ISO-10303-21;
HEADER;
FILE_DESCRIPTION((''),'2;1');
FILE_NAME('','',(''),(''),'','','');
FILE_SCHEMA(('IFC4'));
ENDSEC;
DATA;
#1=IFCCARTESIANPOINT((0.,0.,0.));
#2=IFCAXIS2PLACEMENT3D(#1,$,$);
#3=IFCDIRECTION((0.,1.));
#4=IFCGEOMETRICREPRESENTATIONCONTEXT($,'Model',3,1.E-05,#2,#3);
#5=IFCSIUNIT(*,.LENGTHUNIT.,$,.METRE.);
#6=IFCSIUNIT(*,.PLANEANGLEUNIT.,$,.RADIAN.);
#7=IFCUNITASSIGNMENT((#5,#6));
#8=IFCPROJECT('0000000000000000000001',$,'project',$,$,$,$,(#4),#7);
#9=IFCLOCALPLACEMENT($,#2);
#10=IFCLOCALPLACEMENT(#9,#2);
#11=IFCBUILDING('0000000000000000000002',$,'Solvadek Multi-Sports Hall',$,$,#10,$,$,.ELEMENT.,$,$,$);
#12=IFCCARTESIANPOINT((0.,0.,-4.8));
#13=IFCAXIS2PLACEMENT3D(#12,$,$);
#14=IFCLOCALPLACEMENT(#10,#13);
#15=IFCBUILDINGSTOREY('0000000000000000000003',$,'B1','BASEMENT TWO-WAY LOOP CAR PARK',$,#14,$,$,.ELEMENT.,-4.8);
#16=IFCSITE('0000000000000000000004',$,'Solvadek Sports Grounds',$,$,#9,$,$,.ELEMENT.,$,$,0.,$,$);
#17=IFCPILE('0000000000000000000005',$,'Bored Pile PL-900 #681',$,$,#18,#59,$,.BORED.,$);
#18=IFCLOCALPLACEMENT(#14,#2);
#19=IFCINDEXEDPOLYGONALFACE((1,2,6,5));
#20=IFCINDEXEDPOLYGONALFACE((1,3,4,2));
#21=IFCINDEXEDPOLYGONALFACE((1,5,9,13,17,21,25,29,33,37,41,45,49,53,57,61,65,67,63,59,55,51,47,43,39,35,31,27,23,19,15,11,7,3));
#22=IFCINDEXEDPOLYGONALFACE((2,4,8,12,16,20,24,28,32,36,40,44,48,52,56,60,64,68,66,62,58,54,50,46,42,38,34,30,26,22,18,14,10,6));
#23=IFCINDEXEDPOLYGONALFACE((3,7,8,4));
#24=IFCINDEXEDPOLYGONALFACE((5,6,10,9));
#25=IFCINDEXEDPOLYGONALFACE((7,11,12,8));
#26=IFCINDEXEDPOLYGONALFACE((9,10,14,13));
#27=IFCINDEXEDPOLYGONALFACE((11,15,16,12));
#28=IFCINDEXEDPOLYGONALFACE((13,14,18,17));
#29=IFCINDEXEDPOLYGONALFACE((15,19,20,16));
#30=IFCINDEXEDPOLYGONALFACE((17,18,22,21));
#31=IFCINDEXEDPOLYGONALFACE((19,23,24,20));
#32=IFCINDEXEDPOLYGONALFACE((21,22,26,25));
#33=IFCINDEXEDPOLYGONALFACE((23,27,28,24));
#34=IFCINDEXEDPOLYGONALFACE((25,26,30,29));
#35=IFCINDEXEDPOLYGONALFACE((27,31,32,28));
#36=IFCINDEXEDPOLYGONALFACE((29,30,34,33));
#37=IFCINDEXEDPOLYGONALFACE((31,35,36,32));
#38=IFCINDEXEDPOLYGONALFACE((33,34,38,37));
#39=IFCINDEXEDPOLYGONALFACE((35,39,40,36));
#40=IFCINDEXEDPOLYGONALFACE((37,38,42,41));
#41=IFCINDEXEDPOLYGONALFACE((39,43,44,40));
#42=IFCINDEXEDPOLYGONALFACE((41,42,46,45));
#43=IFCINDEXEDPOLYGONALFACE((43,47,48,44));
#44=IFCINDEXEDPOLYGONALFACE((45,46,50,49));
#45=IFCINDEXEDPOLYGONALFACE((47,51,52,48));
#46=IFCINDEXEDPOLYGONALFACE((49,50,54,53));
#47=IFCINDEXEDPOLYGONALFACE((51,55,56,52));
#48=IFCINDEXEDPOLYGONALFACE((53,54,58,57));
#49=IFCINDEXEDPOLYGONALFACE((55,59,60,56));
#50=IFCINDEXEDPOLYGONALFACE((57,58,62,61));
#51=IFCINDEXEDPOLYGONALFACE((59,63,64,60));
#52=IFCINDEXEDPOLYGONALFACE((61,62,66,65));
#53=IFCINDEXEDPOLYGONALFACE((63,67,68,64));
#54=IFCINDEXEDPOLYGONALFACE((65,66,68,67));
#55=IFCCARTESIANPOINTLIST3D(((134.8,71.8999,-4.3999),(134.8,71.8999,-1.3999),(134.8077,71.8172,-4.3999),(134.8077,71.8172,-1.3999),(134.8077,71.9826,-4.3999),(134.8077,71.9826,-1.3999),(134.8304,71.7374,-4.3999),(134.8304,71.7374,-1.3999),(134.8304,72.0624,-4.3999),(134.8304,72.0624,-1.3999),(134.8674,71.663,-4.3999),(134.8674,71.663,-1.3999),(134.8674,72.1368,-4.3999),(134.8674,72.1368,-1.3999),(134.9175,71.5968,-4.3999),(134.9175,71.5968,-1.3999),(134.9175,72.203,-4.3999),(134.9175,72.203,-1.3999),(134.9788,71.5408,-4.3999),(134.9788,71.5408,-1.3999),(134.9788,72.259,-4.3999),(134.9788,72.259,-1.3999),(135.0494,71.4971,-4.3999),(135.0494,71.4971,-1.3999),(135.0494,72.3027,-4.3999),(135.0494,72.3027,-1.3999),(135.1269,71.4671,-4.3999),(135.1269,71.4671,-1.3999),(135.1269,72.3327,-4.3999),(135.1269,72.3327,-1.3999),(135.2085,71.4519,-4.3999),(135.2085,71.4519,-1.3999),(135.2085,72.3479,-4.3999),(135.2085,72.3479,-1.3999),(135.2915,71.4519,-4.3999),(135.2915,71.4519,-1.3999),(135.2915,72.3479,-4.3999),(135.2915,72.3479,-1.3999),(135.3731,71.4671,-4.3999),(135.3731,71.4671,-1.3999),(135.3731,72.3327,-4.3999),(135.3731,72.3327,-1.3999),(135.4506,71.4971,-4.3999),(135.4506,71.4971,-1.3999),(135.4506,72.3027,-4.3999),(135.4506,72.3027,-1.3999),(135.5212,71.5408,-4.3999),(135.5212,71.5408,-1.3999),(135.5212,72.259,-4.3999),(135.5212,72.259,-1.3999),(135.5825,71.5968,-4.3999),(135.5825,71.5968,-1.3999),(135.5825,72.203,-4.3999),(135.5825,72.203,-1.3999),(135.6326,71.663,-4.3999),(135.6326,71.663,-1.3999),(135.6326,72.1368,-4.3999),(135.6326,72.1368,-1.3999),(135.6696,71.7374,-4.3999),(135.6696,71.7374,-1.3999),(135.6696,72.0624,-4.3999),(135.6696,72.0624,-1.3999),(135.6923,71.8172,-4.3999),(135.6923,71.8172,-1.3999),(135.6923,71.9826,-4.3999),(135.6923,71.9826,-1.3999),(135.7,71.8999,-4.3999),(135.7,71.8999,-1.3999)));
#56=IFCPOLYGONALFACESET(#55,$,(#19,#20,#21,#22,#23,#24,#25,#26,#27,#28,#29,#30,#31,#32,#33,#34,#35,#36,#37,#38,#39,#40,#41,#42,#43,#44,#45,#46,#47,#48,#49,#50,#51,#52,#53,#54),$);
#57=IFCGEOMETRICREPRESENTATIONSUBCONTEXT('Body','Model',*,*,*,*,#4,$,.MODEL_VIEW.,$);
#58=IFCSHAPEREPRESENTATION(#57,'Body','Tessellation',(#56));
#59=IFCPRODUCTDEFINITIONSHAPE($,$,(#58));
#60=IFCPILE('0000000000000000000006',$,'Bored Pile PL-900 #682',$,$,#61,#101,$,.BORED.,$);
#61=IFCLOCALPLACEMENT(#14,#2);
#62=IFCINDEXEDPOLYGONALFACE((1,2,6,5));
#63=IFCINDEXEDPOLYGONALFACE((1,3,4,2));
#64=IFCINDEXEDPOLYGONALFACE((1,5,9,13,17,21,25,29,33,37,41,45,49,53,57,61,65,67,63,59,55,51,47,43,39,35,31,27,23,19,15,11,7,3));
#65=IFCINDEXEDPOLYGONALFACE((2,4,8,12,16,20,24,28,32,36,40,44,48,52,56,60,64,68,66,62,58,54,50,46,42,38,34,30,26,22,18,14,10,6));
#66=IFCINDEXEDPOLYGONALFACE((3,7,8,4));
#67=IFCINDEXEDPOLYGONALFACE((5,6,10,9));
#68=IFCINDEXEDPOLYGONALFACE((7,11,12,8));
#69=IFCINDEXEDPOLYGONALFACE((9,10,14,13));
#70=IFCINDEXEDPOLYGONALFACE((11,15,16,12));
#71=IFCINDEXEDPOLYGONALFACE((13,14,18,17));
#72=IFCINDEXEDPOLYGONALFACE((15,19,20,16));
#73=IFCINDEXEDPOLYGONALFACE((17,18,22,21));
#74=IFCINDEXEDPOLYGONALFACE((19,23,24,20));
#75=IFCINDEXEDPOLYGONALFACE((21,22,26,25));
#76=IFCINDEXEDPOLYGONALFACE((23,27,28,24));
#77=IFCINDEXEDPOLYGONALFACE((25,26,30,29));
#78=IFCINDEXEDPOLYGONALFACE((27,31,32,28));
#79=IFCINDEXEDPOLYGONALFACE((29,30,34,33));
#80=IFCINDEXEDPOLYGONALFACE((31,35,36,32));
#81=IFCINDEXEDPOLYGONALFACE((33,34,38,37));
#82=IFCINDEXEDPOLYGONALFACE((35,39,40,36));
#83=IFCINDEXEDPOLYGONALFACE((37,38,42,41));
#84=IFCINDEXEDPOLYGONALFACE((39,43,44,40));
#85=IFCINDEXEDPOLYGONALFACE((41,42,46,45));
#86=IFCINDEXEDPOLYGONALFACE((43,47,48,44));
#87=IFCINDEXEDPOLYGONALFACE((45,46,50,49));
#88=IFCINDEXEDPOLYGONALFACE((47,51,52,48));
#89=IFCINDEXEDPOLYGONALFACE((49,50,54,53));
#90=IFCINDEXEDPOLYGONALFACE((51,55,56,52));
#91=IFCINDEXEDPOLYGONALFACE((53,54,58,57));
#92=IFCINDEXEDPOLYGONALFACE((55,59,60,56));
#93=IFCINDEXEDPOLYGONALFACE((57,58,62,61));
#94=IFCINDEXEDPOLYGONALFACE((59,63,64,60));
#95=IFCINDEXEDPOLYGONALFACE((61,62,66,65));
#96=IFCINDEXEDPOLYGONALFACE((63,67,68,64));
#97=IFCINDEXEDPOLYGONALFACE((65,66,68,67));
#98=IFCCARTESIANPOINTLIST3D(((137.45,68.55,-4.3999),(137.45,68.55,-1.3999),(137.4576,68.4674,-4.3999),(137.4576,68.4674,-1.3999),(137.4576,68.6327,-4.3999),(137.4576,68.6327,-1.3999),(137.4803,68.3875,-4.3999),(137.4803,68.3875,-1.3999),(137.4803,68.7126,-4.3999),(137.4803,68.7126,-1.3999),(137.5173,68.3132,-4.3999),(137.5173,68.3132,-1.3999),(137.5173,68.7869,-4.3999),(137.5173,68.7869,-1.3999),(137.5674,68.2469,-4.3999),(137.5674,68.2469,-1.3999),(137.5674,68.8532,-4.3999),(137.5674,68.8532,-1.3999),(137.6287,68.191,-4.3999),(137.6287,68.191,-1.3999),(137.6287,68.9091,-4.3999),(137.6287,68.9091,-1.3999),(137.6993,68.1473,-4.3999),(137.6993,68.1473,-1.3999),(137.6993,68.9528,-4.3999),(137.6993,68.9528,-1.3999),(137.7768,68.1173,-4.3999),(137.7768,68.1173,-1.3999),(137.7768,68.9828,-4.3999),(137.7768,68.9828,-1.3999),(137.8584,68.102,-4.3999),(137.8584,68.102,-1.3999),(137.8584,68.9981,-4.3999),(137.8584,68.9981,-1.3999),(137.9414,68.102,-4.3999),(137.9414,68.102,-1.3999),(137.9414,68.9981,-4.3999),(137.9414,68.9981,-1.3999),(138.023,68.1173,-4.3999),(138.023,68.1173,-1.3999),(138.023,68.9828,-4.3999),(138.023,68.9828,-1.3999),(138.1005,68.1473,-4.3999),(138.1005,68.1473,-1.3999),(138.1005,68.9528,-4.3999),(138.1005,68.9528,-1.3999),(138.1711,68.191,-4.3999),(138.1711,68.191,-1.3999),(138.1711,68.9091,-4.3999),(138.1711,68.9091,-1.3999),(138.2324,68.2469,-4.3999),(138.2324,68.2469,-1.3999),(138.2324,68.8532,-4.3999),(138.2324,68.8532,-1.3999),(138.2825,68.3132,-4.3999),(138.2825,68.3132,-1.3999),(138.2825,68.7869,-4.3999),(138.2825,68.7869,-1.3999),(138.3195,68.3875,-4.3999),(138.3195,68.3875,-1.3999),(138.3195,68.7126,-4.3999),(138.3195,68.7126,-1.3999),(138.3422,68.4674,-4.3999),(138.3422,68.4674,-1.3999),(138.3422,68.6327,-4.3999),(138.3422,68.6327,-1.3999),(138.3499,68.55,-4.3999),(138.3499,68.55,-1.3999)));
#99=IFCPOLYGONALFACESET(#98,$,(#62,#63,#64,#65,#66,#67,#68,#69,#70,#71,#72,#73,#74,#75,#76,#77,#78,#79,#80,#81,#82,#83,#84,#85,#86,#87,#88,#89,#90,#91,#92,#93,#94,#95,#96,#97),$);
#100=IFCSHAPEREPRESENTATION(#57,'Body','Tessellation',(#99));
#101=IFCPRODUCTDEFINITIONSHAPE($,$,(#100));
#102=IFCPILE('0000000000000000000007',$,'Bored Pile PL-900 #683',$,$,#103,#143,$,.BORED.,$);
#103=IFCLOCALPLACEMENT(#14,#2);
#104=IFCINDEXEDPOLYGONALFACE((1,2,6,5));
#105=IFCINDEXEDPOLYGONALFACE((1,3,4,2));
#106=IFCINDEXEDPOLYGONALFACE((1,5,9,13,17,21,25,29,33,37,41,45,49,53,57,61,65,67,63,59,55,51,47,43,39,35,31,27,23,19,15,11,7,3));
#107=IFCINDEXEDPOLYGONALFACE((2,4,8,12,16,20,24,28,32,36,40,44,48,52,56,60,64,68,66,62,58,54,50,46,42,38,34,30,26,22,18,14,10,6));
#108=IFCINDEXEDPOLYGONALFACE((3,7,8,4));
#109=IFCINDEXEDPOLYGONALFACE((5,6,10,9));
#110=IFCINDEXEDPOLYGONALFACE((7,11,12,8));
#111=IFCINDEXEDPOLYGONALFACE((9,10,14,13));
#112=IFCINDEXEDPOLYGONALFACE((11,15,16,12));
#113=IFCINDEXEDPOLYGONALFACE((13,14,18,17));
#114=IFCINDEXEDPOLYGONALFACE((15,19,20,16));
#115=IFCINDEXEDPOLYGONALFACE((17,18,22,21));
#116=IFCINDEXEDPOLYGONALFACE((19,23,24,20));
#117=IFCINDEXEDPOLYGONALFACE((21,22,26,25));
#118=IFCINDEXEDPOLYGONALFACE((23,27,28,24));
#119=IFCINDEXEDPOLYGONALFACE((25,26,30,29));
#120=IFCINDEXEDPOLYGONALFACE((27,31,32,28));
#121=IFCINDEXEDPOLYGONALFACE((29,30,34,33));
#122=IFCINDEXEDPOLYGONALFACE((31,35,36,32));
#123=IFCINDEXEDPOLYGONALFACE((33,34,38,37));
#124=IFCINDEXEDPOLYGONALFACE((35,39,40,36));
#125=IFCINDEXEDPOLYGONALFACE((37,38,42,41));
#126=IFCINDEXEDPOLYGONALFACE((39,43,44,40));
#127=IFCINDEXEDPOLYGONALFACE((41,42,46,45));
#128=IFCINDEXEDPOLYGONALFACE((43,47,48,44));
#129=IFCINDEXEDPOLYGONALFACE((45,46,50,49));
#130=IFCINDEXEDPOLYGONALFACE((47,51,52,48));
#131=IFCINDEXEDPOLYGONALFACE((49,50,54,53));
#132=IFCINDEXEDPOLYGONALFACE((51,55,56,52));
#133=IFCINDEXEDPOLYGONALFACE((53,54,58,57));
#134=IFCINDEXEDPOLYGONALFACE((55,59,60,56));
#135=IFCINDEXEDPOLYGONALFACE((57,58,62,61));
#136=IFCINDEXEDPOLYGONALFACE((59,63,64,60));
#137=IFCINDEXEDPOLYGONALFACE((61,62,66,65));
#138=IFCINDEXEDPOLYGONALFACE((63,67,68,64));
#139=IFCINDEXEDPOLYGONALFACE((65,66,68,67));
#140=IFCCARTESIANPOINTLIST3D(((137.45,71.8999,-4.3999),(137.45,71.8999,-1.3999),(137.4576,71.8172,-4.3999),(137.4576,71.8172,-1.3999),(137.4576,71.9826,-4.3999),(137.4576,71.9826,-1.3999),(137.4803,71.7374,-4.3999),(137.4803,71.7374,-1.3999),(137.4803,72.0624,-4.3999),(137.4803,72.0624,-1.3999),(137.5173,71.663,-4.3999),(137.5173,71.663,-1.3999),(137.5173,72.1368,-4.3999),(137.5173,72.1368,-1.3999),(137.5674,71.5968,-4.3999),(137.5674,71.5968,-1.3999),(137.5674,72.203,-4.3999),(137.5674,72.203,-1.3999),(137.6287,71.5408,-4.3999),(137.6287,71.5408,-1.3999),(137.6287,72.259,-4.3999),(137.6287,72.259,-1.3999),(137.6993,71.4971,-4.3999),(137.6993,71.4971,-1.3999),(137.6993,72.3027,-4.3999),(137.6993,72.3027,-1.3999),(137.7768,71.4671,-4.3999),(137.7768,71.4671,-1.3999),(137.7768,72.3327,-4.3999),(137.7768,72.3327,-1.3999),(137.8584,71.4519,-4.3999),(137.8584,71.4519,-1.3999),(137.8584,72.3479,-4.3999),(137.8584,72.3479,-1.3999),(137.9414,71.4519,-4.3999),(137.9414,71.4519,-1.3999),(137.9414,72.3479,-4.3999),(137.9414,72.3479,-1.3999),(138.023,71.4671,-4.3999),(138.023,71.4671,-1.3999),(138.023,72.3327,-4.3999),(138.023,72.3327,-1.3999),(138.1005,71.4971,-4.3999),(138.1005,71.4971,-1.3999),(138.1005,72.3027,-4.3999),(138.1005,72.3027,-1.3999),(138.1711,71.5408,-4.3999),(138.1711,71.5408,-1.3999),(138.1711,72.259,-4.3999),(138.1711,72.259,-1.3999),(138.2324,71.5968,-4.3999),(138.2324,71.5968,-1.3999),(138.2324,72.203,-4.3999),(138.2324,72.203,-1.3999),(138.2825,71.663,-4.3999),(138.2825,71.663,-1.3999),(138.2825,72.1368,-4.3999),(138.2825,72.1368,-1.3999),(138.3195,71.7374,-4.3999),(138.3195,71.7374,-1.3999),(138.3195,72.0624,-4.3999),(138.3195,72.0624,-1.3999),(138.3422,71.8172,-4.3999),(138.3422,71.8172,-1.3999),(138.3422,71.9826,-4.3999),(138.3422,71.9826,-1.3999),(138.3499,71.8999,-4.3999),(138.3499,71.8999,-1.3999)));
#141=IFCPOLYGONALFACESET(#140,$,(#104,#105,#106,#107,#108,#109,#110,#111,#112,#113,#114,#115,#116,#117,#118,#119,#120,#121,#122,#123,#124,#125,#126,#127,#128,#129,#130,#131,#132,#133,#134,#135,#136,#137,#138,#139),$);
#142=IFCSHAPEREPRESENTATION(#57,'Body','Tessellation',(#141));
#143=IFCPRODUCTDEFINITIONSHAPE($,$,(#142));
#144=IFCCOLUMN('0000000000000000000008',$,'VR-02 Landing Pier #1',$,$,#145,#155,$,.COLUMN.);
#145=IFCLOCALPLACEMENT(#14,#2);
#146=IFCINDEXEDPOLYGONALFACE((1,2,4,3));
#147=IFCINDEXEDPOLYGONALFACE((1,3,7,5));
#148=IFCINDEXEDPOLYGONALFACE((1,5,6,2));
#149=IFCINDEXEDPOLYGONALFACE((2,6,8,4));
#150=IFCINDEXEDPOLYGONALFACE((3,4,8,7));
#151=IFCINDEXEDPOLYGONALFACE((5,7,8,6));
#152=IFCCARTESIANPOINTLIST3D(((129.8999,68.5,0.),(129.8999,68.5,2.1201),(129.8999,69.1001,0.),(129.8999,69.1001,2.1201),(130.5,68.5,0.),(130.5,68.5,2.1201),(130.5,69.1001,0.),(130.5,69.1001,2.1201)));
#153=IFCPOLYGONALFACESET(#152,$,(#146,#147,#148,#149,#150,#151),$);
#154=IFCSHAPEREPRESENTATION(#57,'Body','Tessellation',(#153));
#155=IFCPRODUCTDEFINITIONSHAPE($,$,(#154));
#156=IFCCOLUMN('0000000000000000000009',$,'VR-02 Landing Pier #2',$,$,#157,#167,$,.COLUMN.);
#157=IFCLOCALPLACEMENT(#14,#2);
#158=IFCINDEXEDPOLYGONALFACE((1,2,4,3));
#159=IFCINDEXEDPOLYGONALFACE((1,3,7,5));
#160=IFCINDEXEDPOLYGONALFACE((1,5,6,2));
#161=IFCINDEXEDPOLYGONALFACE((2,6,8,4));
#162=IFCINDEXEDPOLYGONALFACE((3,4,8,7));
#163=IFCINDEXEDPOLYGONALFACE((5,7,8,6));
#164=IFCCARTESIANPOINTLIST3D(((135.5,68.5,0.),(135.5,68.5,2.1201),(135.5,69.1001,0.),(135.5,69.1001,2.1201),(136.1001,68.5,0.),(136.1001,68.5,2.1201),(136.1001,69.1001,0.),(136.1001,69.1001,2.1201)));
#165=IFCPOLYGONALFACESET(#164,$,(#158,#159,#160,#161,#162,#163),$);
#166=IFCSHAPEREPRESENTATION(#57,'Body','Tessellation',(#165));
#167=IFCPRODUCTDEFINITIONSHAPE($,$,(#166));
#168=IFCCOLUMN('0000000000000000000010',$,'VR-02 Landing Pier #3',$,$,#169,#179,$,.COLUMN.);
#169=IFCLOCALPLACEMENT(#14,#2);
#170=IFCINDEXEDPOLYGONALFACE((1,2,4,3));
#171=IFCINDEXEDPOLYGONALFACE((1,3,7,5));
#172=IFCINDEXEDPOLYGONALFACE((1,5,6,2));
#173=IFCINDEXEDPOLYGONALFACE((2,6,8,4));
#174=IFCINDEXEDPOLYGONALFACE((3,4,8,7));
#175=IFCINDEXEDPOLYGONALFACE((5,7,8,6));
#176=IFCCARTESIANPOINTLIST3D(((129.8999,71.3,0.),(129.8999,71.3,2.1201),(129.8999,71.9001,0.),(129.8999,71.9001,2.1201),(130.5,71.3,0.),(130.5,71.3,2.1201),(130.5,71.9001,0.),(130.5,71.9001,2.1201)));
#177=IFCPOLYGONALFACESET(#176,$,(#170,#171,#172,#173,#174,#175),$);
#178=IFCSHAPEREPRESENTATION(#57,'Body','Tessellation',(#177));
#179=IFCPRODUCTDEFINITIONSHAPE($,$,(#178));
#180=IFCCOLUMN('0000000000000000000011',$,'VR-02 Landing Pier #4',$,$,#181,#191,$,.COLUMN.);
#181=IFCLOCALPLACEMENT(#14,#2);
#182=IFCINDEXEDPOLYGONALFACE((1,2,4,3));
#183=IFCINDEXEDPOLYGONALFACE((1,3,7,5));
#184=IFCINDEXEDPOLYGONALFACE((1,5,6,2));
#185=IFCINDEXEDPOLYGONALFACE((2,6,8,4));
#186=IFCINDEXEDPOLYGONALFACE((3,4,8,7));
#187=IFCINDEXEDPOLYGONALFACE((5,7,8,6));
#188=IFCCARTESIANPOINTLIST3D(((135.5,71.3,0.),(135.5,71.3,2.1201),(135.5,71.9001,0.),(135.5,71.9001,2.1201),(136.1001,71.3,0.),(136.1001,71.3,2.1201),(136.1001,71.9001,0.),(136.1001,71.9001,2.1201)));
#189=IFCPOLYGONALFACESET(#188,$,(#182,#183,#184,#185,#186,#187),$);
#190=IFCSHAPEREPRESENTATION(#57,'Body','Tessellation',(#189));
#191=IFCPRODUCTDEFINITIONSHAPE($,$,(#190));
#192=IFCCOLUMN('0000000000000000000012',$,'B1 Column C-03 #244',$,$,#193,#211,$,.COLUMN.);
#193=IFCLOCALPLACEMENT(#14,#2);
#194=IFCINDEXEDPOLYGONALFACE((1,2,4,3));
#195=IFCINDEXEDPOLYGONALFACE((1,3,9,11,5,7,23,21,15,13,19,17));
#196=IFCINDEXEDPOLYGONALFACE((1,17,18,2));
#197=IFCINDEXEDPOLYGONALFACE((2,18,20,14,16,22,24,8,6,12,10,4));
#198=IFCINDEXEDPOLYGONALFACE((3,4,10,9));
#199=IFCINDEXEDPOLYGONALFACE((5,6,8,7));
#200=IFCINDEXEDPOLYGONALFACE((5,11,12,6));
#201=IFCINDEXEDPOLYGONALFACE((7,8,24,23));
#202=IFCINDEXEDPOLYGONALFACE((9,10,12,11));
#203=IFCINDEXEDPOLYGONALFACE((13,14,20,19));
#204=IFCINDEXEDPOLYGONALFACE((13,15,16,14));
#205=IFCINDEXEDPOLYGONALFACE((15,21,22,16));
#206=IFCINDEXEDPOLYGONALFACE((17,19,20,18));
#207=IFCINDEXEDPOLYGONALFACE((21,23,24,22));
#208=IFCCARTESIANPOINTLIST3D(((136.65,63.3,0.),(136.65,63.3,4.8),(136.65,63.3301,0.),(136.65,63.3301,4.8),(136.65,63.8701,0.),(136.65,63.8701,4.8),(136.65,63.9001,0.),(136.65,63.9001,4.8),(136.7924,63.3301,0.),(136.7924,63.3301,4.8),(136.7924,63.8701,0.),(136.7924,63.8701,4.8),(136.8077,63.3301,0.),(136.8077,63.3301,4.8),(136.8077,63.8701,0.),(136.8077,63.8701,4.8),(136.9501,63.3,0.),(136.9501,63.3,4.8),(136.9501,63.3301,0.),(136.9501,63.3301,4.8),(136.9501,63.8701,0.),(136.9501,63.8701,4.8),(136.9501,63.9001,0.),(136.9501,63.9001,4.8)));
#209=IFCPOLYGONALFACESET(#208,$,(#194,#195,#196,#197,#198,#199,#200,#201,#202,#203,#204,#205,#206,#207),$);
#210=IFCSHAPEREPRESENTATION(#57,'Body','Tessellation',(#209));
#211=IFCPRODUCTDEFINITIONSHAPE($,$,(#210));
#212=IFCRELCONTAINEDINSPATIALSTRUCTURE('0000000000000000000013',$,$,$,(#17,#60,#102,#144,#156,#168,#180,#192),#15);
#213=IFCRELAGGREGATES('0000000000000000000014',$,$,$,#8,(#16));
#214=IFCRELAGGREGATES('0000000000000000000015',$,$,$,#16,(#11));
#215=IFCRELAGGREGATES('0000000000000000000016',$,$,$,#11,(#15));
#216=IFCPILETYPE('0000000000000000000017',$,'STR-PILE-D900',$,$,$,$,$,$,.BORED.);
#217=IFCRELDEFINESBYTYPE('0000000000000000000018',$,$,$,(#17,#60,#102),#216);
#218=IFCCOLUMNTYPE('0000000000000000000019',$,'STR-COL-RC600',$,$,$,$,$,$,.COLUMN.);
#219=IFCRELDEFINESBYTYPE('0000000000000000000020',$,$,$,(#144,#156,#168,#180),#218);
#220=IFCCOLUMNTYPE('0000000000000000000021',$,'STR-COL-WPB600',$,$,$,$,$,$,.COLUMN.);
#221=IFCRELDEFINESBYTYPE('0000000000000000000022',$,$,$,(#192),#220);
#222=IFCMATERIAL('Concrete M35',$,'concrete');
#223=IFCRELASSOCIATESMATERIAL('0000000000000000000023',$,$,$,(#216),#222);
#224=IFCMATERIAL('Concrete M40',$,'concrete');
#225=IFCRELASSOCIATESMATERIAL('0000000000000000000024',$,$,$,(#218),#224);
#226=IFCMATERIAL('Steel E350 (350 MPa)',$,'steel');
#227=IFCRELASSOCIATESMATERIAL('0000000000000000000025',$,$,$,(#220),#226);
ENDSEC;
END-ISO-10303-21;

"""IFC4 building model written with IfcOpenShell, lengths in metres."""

from ifc_helpers import new_model, si_unit, direction, frame, origin, origin_2d, place, context, subcontext, project, spatial, rectangle, circle, i_section, extrude, material, material_profile, profile_set, type_object, element, save


model = new_model("IFC4")

# Units and contexts
model_context = context("Model", 3, precision=1e-05, world=origin(), true_north=direction((0.0, 1.0)))
body_context = subcontext(model_context, "Body", "Model", "MODEL_VIEW")
ifc_project = project(units=[si_unit("LENGTHUNIT", "METRE"), si_unit("PLANEANGLEUNIT", "RADIAN")], contexts=[model_context])

# Site, building, storey
site_placement = place(None, origin())
site = spatial("IfcSite", under=ifc_project, at=site_placement, Name="Solvadek Sports Grounds", CompositionType="ELEMENT", RefElevation=0.0)
building_placement = place(site_placement, origin())
building = spatial("IfcBuilding", under=site, at=building_placement, Name="Solvadek Multi-Sports Hall", CompositionType="ELEMENT")
storey_placement = place(building_placement, frame((0.0, 0.0, -4.8)))
storey = spatial("IfcBuildingStorey", under=building, at=storey_placement, Name="B1", Description="BASEMENT TWO-WAY LOOP CAR PARK", CompositionType="ELEMENT", Elevation=-4.8)

# Shared definitions
ifc_material_1 = material(Name="Concrete M40", Category="concrete")

# Piles
ifc_material_2 = material(Name="Concrete M35", Category="concrete")
ifc_material_profile_1 = material_profile(ifc_material_2, circle(Radius=0.45, at=origin_2d()), Name="BORED PILE D900")
ifc_profile_set_1 = profile_set([ifc_material_profile_1], Name="Concrete M35")
pile_type = type_object("IfcPileType", Name="STR-PILE-D900", PredefinedType="BORED", material=ifc_profile_set_1)
for number, where, z_axis, x_axis, name in (
    (1, (135.25, 71.8999, -1.3999), (0.0, 0.0, -1.0), (1.0, 0.0, 0.0), "Bored Pile PL-900 #681"),
    (2, (137.8999, 68.55, -1.3999), (0.0, 0.0, -1.0), (1.0, 0.0, 0.0), "Bored Pile PL-900 #682"),
    (3, (137.8999, 71.8999, -1.3999), (0.0, 0.0, -1.0), (1.0, 0.0, 0.0), "Bored Pile PL-900 #683"),
):
    element("IfcPile", number, at=place(storey_placement, frame(where, z_axis=z_axis, x_axis=x_axis)), inside=storey, type_object=pile_type, Name=name, PredefinedType="BORED", context=body_context, shape_type="SweptSolid", body=[
        extrude(circle(Radius=0.45, at=origin_2d()), origin(), (0.0, 0.0, 1.0), 3.0),
    ])

# Columns
ifc_material_profile_2 = material_profile(ifc_material_1, rectangle(XDim=0.6001, YDim=0.6001, at=origin_2d()), Name="RC 600x600")
ifc_profile_set_2 = profile_set([ifc_material_profile_2], Name="Concrete M40")
column_type_1 = type_object("IfcColumnType", Name="STR-COL-RC600", PredefinedType="COLUMN", material=ifc_profile_set_2)
for number, where, z_axis, x_axis, name in (
    (4, (130.2, 68.8, 0.0), (0.0, 0.0, 1.0), (1.0, 0.0, 0.0), "VR-02 Landing Pier #1"),
    (5, (135.8, 68.8, 0.0), (0.0, 0.0, 1.0), (1.0, 0.0, 0.0), "VR-02 Landing Pier #2"),
    (6, (130.2, 71.6001, 0.0), (0.0, 0.0, 1.0), (1.0, 0.0, 0.0), "VR-02 Landing Pier #3"),
    (7, (135.8, 71.6001, 0.0), (0.0, 0.0, 1.0), (1.0, 0.0, 0.0), "VR-02 Landing Pier #4"),
):
    element("IfcColumn", number, at=place(storey_placement, frame(where, z_axis=z_axis, x_axis=x_axis)), inside=storey, type_object=column_type_1, Name=name, PredefinedType="COLUMN", context=body_context, shape_type="SweptSolid", body=[
        extrude(rectangle(XDim=0.6001, YDim=0.6001, at=origin_2d()), origin(), (0.0, 0.0, 1.0), 2.1201),
    ])
ifc_material_3 = material(Name="Steel E350 (350 MPa)", Category="steel")
ifc_material_profile_3 = material_profile(ifc_material_3, i_section(OverallWidth=0.3, OverallDepth=0.6001, WebThickness=0.0154, FlangeThickness=0.03, at=origin_2d()), Name="WPB 600")
ifc_profile_set_3 = profile_set([ifc_material_profile_3], Name="Steel E350 (350 MPa)")
column_type_2 = type_object("IfcColumnType", Name="STR-COL-WPB600", PredefinedType="COLUMN", material=ifc_profile_set_3)
for number, where, z_axis, x_axis, name in (
    (8, (136.8, 63.6001, 0.0), (0.0, 0.0, 1.0), (1.0, 0.0, 0.0), "B1 Column C-03 #244"),
):
    element("IfcColumn", number, at=place(storey_placement, frame(where, z_axis=z_axis, x_axis=x_axis)), inside=storey, type_object=column_type_2, Name=name, PredefinedType="COLUMN", context=body_context, shape_type="SweptSolid", body=[
        extrude(i_section(OverallWidth=0.3, OverallDepth=0.6001, WebThickness=0.0154, FlangeThickness=0.03, at=origin_2d()), origin(), (0.0, 0.0, 1.0), 4.8),
    ])

save(model, "model.ifc")
